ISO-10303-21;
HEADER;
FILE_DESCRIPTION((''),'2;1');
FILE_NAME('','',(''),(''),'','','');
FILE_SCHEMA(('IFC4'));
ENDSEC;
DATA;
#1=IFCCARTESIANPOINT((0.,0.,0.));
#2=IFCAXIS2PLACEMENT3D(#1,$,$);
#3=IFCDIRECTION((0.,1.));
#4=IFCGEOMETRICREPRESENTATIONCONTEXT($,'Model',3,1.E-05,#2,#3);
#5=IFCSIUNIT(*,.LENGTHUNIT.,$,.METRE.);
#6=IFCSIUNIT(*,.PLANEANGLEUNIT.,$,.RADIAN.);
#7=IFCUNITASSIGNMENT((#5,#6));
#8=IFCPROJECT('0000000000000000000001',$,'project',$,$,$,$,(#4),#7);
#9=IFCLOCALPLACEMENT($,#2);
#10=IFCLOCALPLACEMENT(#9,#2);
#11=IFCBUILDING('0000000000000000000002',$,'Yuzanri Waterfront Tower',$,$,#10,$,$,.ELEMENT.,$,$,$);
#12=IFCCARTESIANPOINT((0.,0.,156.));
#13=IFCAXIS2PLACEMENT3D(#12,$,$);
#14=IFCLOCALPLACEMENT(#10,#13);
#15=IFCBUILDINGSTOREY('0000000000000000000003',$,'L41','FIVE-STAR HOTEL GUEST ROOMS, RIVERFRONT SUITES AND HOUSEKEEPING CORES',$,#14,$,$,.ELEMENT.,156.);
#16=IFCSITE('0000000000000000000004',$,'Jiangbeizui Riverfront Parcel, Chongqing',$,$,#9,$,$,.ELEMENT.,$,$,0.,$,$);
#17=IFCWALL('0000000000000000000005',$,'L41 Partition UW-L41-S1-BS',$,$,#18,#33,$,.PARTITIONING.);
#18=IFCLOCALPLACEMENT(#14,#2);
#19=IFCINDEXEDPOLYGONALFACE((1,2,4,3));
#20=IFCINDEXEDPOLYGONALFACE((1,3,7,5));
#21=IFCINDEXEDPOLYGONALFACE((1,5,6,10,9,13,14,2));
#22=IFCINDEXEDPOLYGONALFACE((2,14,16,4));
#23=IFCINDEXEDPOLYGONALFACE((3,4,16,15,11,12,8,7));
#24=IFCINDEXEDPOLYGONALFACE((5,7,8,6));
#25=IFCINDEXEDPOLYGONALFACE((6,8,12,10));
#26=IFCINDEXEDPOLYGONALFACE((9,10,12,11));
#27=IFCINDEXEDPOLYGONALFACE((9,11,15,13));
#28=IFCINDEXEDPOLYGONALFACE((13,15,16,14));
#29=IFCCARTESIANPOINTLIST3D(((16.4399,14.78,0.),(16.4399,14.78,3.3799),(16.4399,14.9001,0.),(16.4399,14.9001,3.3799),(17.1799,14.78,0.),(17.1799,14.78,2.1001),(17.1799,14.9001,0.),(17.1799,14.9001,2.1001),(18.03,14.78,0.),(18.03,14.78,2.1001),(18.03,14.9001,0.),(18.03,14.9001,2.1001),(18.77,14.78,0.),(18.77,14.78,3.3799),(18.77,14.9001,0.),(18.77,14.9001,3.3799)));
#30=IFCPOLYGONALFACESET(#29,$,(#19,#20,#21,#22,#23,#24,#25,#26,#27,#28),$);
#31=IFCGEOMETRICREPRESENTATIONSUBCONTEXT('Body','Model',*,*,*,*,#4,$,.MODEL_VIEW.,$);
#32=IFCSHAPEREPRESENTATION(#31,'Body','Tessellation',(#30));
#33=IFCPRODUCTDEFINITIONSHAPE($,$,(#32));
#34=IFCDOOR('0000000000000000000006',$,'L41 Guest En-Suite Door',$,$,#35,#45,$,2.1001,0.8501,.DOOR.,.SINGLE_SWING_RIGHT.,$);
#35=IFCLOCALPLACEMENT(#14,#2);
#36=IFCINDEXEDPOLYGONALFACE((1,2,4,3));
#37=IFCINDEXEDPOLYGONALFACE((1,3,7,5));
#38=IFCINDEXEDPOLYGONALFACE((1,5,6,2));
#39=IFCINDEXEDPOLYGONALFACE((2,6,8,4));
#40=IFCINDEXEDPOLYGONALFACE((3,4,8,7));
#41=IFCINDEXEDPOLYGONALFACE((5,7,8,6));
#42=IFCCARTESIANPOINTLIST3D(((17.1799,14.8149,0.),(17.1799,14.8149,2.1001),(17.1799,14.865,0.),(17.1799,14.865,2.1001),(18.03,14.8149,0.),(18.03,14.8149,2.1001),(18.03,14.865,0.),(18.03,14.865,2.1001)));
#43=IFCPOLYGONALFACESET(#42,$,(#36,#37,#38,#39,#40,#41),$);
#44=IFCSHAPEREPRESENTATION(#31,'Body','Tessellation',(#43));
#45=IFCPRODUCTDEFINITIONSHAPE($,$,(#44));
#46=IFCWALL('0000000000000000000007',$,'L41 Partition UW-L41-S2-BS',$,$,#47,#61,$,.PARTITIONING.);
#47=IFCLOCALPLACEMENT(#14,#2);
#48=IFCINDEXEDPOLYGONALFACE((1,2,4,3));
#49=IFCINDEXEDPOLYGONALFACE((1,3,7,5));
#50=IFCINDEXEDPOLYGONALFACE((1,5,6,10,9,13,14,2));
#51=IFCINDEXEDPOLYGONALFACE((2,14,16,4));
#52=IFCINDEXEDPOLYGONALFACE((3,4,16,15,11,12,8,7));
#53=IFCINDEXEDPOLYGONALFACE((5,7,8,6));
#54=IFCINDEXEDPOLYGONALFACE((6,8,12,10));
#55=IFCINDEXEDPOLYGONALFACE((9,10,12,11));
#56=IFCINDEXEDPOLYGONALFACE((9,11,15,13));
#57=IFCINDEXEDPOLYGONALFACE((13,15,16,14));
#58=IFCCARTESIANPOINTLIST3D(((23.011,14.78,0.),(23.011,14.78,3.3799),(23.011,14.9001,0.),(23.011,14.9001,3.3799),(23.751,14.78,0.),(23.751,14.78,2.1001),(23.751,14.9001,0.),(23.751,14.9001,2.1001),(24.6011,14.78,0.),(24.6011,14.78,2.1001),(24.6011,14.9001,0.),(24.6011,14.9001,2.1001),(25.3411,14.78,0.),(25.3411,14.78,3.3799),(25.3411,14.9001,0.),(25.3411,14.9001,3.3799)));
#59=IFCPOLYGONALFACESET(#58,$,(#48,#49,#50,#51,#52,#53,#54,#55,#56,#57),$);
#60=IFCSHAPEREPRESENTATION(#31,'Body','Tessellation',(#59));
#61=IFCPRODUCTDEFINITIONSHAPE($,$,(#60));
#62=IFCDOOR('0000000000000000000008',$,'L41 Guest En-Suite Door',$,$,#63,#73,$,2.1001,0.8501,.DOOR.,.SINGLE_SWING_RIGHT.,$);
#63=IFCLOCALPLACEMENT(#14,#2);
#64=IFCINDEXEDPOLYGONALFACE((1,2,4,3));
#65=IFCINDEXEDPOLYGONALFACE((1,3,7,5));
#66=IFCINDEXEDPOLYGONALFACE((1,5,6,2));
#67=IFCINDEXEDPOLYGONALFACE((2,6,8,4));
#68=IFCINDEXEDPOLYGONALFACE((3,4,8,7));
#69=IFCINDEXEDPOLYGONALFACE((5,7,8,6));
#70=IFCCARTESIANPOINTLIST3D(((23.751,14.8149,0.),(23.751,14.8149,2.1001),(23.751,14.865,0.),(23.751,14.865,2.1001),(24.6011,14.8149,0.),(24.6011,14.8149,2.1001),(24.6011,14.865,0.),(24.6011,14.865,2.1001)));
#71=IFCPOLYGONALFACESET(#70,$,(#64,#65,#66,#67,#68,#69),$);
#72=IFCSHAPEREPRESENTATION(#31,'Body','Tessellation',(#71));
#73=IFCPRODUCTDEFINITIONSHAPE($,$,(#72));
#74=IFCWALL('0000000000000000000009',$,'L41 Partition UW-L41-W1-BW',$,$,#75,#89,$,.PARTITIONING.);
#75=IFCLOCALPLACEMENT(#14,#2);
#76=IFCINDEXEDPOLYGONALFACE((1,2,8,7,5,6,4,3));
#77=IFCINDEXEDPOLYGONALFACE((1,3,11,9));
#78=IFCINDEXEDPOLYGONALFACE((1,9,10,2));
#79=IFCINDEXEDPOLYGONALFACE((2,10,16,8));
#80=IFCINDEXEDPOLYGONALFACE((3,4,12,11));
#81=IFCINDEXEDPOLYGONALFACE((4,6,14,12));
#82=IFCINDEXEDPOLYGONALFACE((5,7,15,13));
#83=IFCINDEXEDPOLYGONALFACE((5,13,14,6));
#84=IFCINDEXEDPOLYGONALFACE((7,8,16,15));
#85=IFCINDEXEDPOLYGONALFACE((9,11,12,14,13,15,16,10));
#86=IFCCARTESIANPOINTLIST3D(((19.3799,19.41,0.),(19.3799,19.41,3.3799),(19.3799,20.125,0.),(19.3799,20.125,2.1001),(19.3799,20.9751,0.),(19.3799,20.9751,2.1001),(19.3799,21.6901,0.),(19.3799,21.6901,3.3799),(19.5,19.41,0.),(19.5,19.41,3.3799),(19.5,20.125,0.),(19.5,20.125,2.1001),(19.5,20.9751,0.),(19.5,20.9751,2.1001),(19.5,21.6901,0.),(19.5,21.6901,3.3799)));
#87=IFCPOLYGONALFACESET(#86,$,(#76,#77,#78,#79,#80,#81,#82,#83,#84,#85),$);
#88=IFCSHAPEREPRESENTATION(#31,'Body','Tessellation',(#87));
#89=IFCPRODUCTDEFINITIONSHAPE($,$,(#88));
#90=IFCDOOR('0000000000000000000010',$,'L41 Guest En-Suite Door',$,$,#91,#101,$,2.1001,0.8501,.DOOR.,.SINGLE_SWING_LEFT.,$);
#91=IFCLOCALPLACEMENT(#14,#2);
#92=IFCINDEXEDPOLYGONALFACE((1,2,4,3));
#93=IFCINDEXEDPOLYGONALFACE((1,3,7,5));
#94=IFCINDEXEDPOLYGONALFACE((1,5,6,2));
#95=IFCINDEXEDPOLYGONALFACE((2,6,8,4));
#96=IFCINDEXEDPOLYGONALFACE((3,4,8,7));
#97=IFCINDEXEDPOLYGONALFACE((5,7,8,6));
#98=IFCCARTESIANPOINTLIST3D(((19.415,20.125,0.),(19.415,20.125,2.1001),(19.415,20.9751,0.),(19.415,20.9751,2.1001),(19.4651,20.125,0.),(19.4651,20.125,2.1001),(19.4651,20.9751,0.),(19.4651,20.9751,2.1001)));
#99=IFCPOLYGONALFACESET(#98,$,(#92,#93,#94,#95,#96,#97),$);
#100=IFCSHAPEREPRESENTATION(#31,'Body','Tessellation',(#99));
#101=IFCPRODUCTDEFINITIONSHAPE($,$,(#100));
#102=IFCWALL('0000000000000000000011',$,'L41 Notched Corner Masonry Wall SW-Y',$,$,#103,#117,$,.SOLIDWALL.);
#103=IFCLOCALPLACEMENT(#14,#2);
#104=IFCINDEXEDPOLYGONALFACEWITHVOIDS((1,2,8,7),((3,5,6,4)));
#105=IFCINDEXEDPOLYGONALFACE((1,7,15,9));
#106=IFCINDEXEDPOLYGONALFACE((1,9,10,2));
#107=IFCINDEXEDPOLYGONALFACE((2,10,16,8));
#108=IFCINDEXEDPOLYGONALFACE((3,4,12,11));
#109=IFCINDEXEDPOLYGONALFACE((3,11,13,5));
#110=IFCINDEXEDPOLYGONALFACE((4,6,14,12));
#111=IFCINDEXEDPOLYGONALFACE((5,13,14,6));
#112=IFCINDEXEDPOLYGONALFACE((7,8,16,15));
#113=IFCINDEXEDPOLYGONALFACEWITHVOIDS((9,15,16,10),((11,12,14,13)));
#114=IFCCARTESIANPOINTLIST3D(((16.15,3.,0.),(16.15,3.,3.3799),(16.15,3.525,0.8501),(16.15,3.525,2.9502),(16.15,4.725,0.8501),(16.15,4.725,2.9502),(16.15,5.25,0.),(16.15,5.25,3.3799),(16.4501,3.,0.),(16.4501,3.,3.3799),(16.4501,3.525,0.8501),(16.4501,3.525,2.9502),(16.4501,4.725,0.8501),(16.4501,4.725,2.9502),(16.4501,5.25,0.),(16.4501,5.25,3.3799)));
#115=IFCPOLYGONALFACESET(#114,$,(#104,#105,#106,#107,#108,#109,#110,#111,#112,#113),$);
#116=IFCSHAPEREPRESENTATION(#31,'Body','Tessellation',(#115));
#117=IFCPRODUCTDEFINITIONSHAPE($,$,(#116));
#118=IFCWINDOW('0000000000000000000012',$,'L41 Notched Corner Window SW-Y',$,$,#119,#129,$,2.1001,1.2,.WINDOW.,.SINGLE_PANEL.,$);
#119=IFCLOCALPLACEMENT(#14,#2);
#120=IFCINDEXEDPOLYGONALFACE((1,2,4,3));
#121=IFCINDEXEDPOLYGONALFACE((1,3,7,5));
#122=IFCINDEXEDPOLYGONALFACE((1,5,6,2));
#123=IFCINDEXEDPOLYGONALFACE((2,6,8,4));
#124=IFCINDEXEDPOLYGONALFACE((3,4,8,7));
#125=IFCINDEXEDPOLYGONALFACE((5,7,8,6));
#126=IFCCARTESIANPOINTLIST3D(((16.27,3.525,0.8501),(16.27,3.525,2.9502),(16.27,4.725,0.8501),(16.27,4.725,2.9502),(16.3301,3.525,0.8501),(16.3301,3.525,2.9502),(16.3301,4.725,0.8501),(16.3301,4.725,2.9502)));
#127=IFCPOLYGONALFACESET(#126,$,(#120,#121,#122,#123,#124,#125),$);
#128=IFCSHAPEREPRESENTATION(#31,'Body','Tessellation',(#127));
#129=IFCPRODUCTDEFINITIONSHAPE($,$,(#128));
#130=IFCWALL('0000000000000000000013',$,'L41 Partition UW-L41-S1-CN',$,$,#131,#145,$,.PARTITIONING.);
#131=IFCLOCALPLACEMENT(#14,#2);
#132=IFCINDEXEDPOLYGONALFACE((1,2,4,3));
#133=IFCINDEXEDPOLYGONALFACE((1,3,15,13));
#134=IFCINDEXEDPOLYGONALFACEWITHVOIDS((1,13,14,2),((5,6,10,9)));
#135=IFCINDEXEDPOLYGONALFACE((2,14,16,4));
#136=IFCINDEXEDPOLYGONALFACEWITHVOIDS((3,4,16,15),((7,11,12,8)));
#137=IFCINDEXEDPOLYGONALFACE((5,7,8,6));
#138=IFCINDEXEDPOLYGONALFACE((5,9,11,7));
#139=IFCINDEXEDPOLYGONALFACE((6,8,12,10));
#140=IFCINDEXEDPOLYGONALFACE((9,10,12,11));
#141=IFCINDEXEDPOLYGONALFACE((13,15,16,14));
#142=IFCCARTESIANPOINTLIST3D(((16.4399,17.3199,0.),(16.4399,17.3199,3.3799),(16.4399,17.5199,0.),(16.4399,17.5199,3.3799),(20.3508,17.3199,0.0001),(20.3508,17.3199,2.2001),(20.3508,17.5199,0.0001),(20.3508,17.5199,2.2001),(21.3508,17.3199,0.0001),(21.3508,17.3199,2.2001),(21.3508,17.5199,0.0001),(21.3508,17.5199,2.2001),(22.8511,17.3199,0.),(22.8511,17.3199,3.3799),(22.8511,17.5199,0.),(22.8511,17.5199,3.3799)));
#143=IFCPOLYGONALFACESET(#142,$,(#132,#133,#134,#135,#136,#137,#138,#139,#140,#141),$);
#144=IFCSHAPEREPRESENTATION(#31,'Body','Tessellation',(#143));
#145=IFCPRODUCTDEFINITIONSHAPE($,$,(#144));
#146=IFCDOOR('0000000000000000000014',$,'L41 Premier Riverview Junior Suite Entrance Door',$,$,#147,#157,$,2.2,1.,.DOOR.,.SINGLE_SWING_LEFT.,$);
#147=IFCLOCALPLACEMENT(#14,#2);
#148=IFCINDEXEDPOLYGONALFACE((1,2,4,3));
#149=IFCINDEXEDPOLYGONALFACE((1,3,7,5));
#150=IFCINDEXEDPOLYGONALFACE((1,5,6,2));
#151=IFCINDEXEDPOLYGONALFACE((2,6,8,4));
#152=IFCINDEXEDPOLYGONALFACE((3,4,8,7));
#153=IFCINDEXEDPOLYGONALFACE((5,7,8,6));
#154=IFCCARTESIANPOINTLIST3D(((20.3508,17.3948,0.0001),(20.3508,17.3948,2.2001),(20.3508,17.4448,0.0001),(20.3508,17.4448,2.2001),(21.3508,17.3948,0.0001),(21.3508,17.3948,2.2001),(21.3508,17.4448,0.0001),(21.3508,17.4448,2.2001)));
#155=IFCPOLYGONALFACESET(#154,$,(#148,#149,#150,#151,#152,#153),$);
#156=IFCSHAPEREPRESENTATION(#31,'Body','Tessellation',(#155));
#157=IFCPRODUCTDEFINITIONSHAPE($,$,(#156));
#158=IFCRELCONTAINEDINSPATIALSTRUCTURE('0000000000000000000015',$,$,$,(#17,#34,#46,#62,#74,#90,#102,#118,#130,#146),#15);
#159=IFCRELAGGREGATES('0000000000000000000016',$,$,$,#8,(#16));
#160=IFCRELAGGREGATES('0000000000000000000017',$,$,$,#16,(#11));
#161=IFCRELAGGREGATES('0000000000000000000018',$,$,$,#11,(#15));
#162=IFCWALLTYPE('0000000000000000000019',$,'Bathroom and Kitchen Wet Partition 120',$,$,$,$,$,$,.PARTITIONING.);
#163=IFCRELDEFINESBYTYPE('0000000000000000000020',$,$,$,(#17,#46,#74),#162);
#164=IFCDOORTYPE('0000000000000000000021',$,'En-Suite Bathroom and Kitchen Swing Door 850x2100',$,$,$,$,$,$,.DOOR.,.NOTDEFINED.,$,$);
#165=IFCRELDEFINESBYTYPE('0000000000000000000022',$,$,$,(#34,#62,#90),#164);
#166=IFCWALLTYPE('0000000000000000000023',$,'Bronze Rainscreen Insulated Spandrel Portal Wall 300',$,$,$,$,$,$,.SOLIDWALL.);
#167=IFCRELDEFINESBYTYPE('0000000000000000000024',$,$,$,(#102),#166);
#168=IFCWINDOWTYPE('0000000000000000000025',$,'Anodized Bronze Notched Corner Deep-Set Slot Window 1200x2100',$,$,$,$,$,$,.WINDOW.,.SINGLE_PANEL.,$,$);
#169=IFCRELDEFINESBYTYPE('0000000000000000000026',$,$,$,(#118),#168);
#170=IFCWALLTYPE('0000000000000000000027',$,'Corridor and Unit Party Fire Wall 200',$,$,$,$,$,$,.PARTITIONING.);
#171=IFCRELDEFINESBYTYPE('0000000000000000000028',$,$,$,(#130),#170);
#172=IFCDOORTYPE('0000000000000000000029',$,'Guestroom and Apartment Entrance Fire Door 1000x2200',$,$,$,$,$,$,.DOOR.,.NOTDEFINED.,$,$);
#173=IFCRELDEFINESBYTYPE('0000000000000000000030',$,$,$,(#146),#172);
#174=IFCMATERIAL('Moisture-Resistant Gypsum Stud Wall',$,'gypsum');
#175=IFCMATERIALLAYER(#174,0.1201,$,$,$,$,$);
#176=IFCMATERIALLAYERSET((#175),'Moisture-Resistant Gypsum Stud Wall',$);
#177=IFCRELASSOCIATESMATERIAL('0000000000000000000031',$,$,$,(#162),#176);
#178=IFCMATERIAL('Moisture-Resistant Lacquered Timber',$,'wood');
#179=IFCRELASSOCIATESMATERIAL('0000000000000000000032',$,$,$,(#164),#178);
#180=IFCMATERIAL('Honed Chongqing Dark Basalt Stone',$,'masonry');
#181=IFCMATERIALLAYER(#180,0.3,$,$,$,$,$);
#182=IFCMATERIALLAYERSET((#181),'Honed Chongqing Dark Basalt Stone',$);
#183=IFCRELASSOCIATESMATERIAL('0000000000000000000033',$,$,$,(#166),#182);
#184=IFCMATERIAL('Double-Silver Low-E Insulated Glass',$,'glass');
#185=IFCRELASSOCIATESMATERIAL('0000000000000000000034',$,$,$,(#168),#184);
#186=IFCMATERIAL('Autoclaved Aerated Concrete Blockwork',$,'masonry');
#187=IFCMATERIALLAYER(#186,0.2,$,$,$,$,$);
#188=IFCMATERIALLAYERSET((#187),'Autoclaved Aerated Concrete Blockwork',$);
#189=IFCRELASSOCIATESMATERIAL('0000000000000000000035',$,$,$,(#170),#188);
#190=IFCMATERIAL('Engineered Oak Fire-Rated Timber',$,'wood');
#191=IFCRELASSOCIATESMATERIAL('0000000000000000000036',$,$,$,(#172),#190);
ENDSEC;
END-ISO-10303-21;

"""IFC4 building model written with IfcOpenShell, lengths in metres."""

from ifc_helpers import new_model, si_unit, direction, frame, frame_2d, origin, place, context, subcontext, project, spatial, rectangle, extrude, source, transform, mapped, material, layer, layer_set, type_object, element, fill, save


model = new_model("IFC4")

# Units and contexts
model_context = context("Model", 3, precision=1e-05, world=origin(), true_north=direction((0.0, 1.0)))
body_context = subcontext(model_context, "Body", "Model", "MODEL_VIEW")
ifc_project = project(units=[si_unit("LENGTHUNIT", "METRE"), si_unit("PLANEANGLEUNIT", "RADIAN")], contexts=[model_context])

# Site, building, storey
site_placement = place(None, origin())
site = spatial("IfcSite", under=ifc_project, at=site_placement, Name="Jiangbeizui Riverfront Parcel, Chongqing", CompositionType="ELEMENT", RefElevation=0.0)
building_placement = place(site_placement, origin())
building = spatial("IfcBuilding", under=site, at=building_placement, Name="Yuzanri Waterfront Tower", CompositionType="ELEMENT")
storey_placement = place(building_placement, frame((0.0, 0.0, 156.0)))
storey = spatial("IfcBuildingStorey", under=building, at=storey_placement, Name="L41", Description="FIVE-STAR HOTEL GUEST ROOMS, RIVERFRONT SUITES AND HOUSEKEEPING CORES", CompositionType="ELEMENT", Elevation=156.0)

# Walls, openings, doors
ifc_material_1 = material(Name="Moisture-Resistant Gypsum Stud Wall", Category="gypsum")
ifc_layer_1 = layer(ifc_material_1, 0.1201)
ifc_layer_set_1 = layer_set([ifc_layer_1], Name="Moisture-Resistant Gypsum Stud Wall")
wall_type_1 = type_object("IfcWallType", Name="Bathroom and Kitchen Wet Partition 120", PredefinedType="PARTITIONING", material=ifc_layer_set_1)
wall_1_placement = place(storey_placement, frame((16.4399, 14.8401, 0.0), z_axis=(0.0, 0.0, 1.0), x_axis=(1.0, 0.0, 0.0)))
wall_1 = element("IfcWall", 1, at=wall_1_placement, inside=storey, type_object=wall_type_1, Name="L41 Partition UW-L41-S1-BS", PredefinedType="PARTITIONING", context=body_context, shape_type="SweptSolid", body=[
    extrude(rectangle(XDim=2.3301, YDim=0.1201, at=frame_2d((1.165, 0.0))), origin(), (0.0, 0.0, 1.0), 3.3799),
])
opening_1_placement = place(wall_1_placement, frame((0.74, 0.0, 0.0)))
opening_1 = element("IfcOpeningElement", 2, at=opening_1_placement, cuts=wall_1, PredefinedType="OPENING", context=body_context, shape_type="SweptSolid", body=[
    extrude(rectangle(XDim=0.8501, YDim=2.1001, at=frame_2d((0.425, 1.05))), frame((0.0, 0.075, 0.0), z_axis=(0.0, -1.0, 0.0), x_axis=(1.0, 0.0, 0.0)), (0.0, 0.0, 1.0), 0.1499),
])
ifc_material_2 = material(Name="Moisture-Resistant Lacquered Timber", Category="wood")
door_type_1 = type_object("IfcDoorType", Name="En-Suite Bathroom and Kitchen Swing Door 850x2100", OperationType="NOTDEFINED", PredefinedType="DOOR", material=ifc_material_2)
shared_shape_1 = source(origin(), body_context, "Body", "SweptSolid", [
    extrude(rectangle(XDim=0.8501, YDim=2.1001, at=frame_2d((0.425, 1.05))), frame((0.0, 0.0249, 0.0), z_axis=(0.0, -1.0, 0.0), x_axis=(1.0, 0.0, 0.0)), (0.0, 0.0, 1.0), 0.05),
])
door_1_placement = place(opening_1_placement, origin())
door_1 = element("IfcDoor", 3, at=door_1_placement, inside=storey, type_object=door_type_1, Name="L41 Guest En-Suite Door", OperationType="SINGLE_SWING_RIGHT", OverallHeight=2.1001, OverallWidth=0.8501, PredefinedType="DOOR", context=body_context, shape_type="MappedRepresentation", body=[
    mapped(shared_shape_1, transform((0.0, 0.0, 0.0), scale=1.0)),
])
fill(opening_1, door_1)
wall_2_placement = place(storey_placement, frame((23.011, 14.8401, 0.0), z_axis=(0.0, 0.0, 1.0), x_axis=(1.0, 0.0, 0.0)))
wall_2 = element("IfcWall", 4, at=wall_2_placement, inside=storey, type_object=wall_type_1, Name="L41 Partition UW-L41-S2-BS", PredefinedType="PARTITIONING", context=body_context, shape_type="SweptSolid", body=[
    extrude(rectangle(XDim=2.3301, YDim=0.1201, at=frame_2d((1.165, 0.0))), origin(), (0.0, 0.0, 1.0), 3.3799),
])
opening_2_placement = place(wall_2_placement, frame((0.74, 0.0, 0.0)))
opening_2 = element("IfcOpeningElement", 5, at=opening_2_placement, cuts=wall_2, PredefinedType="OPENING", context=body_context, shape_type="SweptSolid", body=[
    extrude(rectangle(XDim=0.8501, YDim=2.1001, at=frame_2d((0.425, 1.05))), frame((0.0, 0.075, 0.0), z_axis=(0.0, -1.0, 0.0), x_axis=(1.0, 0.0, 0.0)), (0.0, 0.0, 1.0), 0.1499),
])
door_2_placement = place(opening_2_placement, origin())
door_2 = element("IfcDoor", 6, at=door_2_placement, inside=storey, type_object=door_type_1, Name="L41 Guest En-Suite Door", OperationType="SINGLE_SWING_RIGHT", OverallHeight=2.1001, OverallWidth=0.8501, PredefinedType="DOOR", context=body_context, shape_type="MappedRepresentation", body=[
    mapped(shared_shape_1, transform((0.0, 0.0, 0.0), scale=1.0)),
])
fill(opening_2, door_2)
wall_3_placement = place(storey_placement, frame((19.4399, 19.4099, 0.0), z_axis=(0.0, 0.0, 1.0), x_axis=(0.0, 1.0, 0.0)))
wall_3 = element("IfcWall", 7, at=wall_3_placement, inside=storey, type_object=wall_type_1, Name="L41 Partition UW-L41-W1-BW", PredefinedType="PARTITIONING", context=body_context, shape_type="SweptSolid", body=[
    extrude(rectangle(XDim=2.28, YDim=0.1201, at=frame_2d((1.1401, 0.0))), origin(), (0.0, 0.0, 1.0), 3.3799),
])
opening_3_placement = place(wall_3_placement, frame((0.7151, 0.0, 0.0)))
opening_3 = element("IfcOpeningElement", 8, at=opening_3_placement, cuts=wall_3, PredefinedType="OPENING", context=body_context, shape_type="SweptSolid", body=[
    extrude(rectangle(XDim=0.8501, YDim=2.1001, at=frame_2d((0.425, 1.05))), frame((0.0, 0.075, 0.0), z_axis=(0.0, -1.0, 0.0), x_axis=(1.0, 0.0, 0.0)), (0.0, 0.0, 1.0), 0.1499),
])
door_3_placement = place(opening_3_placement, origin())
door_3 = element("IfcDoor", 9, at=door_3_placement, inside=storey, type_object=door_type_1, Name="L41 Guest En-Suite Door", OperationType="SINGLE_SWING_LEFT", OverallHeight=2.1001, OverallWidth=0.8501, PredefinedType="DOOR", context=body_context, shape_type="MappedRepresentation", body=[
    mapped(shared_shape_1, transform((0.0, 0.0, 0.0), scale=1.0)),
])
fill(opening_3, door_3)

# Wall, opening, window
ifc_material_3 = material(Name="Honed Chongqing Dark Basalt Stone", Category="masonry")
ifc_layer_2 = layer(ifc_material_3, 0.3)
ifc_layer_set_2 = layer_set([ifc_layer_2], Name="Honed Chongqing Dark Basalt Stone")
wall_type_2 = type_object("IfcWallType", Name="Bronze Rainscreen Insulated Spandrel Portal Wall 300", PredefinedType="SOLIDWALL", material=ifc_layer_set_2)
wall_4_placement = place(storey_placement, frame((16.3, 5.25, 0.0), z_axis=(0.0, 0.0, 1.0), x_axis=(0.0, -1.0, 0.0)))
wall_4 = element("IfcWall", 10, at=wall_4_placement, inside=storey, type_object=wall_type_2, Name="L41 Notched Corner Masonry Wall SW-Y", PredefinedType="SOLIDWALL", context=body_context, shape_type="SweptSolid", body=[
    extrude(rectangle(XDim=2.25, YDim=0.3, at=frame_2d((1.125, 0.0))), origin(), (0.0, 0.0, 1.0), 3.3799),
])
opening_4_placement = place(wall_4_placement, frame((0.5249, 0.0, 0.8501)))
opening_4 = element("IfcOpeningElement", 11, at=opening_4_placement, cuts=wall_4, PredefinedType="OPENING", context=body_context, shape_type="SweptSolid", body=[
    extrude(rectangle(XDim=1.2, YDim=2.1001, at=frame_2d((0.6001, 1.05))), frame((0.0, 0.165, 0.0), z_axis=(0.0, -1.0, 0.0), x_axis=(1.0, 0.0, 0.0)), (0.0, 0.0, 1.0), 0.3298),
])
ifc_material_4 = material(Name="Double-Silver Low-E Insulated Glass", Category="glass")
window_type = type_object("IfcWindowType", Name="Anodized Bronze Notched Corner Deep-Set Slot Window 1200x2100", PartitioningType="SINGLE_PANEL", PredefinedType="WINDOW", material=ifc_material_4)
shared_shape_2 = source(origin(), body_context, "Body", "SweptSolid", [
    extrude(rectangle(XDim=1.2, YDim=2.1001, at=frame_2d((0.6001, 1.05))), frame((0.0, 0.03, 0.0), z_axis=(0.0, -1.0, 0.0), x_axis=(1.0, 0.0, 0.0)), (0.0, 0.0, 1.0), 0.0601),
])
window_placement = place(opening_4_placement, origin())
window = element("IfcWindow", 12, at=window_placement, inside=storey, type_object=window_type, Name="L41 Notched Corner Window SW-Y", OverallHeight=2.1001, OverallWidth=1.2, PartitioningType="SINGLE_PANEL", PredefinedType="WINDOW", context=body_context, shape_type="MappedRepresentation", body=[
    mapped(shared_shape_2, transform((0.0, 0.0, 0.0), scale=1.0)),
])
fill(opening_4, window)

# Wall, opening, door
ifc_material_5 = material(Name="Autoclaved Aerated Concrete Blockwork", Category="masonry")
ifc_layer_3 = layer(ifc_material_5, 0.2)
ifc_layer_set_3 = layer_set([ifc_layer_3], Name="Autoclaved Aerated Concrete Blockwork")
wall_type_3 = type_object("IfcWallType", Name="Corridor and Unit Party Fire Wall 200", PredefinedType="PARTITIONING", material=ifc_layer_set_3)
wall_5_placement = place(storey_placement, frame((16.4399, 17.4199, 0.0), z_axis=(0.0, 0.0, 1.0), x_axis=(1.0, 0.0, 0.0)))
wall_5 = element("IfcWall", 13, at=wall_5_placement, inside=storey, type_object=wall_type_3, Name="L41 Partition UW-L41-S1-CN", PredefinedType="PARTITIONING", context=body_context, shape_type="SweptSolid", body=[
    extrude(rectangle(XDim=6.4111, YDim=0.2, at=frame_2d((3.2056, 0.0))), origin(), (0.0, 0.0, 1.0), 3.3799),
])
opening_5_placement = place(wall_5_placement, frame((3.9109, 0.0, 0.0)))
opening_5 = element("IfcOpeningElement", 14, at=opening_5_placement, cuts=wall_5, PredefinedType="OPENING", context=body_context, shape_type="SweptSolid", body=[
    extrude(rectangle(XDim=1.0, YDim=2.2, at=frame_2d((0.5, 1.1001))), frame((0.0, 0.1147, 0.0), z_axis=(0.0, -1.0, 0.0), x_axis=(1.0, 0.0, 0.0)), (0.0, 0.0, 1.0), 0.2297),
])
ifc_material_6 = material(Name="Engineered Oak Fire-Rated Timber", Category="wood")
door_type_2 = type_object("IfcDoorType", Name="Guestroom and Apartment Entrance Fire Door 1000x2200", OperationType="NOTDEFINED", PredefinedType="DOOR", material=ifc_material_6)
shared_shape_3 = source(origin(), body_context, "Body", "SweptSolid", [
    extrude(rectangle(XDim=1.0, YDim=2.2, at=frame_2d((0.5, 1.1001))), frame((0.0, 0.0249, 0.0), z_axis=(0.0, -1.0, 0.0), x_axis=(1.0, 0.0, 0.0)), (0.0, 0.0, 1.0), 0.05),
])
door_4_placement = place(opening_5_placement, origin())
door_4 = element("IfcDoor", 15, at=door_4_placement, inside=storey, type_object=door_type_2, Name="L41 Premier Riverview Junior Suite Entrance Door", OperationType="SINGLE_SWING_LEFT", OverallHeight=2.2, OverallWidth=1.0, PredefinedType="DOOR", context=body_context, shape_type="MappedRepresentation", body=[
    mapped(shared_shape_3, transform((0.0, 0.0, 0.0), scale=1.0)),
])
fill(opening_5, door_4)

save(model, "model.ifc")
